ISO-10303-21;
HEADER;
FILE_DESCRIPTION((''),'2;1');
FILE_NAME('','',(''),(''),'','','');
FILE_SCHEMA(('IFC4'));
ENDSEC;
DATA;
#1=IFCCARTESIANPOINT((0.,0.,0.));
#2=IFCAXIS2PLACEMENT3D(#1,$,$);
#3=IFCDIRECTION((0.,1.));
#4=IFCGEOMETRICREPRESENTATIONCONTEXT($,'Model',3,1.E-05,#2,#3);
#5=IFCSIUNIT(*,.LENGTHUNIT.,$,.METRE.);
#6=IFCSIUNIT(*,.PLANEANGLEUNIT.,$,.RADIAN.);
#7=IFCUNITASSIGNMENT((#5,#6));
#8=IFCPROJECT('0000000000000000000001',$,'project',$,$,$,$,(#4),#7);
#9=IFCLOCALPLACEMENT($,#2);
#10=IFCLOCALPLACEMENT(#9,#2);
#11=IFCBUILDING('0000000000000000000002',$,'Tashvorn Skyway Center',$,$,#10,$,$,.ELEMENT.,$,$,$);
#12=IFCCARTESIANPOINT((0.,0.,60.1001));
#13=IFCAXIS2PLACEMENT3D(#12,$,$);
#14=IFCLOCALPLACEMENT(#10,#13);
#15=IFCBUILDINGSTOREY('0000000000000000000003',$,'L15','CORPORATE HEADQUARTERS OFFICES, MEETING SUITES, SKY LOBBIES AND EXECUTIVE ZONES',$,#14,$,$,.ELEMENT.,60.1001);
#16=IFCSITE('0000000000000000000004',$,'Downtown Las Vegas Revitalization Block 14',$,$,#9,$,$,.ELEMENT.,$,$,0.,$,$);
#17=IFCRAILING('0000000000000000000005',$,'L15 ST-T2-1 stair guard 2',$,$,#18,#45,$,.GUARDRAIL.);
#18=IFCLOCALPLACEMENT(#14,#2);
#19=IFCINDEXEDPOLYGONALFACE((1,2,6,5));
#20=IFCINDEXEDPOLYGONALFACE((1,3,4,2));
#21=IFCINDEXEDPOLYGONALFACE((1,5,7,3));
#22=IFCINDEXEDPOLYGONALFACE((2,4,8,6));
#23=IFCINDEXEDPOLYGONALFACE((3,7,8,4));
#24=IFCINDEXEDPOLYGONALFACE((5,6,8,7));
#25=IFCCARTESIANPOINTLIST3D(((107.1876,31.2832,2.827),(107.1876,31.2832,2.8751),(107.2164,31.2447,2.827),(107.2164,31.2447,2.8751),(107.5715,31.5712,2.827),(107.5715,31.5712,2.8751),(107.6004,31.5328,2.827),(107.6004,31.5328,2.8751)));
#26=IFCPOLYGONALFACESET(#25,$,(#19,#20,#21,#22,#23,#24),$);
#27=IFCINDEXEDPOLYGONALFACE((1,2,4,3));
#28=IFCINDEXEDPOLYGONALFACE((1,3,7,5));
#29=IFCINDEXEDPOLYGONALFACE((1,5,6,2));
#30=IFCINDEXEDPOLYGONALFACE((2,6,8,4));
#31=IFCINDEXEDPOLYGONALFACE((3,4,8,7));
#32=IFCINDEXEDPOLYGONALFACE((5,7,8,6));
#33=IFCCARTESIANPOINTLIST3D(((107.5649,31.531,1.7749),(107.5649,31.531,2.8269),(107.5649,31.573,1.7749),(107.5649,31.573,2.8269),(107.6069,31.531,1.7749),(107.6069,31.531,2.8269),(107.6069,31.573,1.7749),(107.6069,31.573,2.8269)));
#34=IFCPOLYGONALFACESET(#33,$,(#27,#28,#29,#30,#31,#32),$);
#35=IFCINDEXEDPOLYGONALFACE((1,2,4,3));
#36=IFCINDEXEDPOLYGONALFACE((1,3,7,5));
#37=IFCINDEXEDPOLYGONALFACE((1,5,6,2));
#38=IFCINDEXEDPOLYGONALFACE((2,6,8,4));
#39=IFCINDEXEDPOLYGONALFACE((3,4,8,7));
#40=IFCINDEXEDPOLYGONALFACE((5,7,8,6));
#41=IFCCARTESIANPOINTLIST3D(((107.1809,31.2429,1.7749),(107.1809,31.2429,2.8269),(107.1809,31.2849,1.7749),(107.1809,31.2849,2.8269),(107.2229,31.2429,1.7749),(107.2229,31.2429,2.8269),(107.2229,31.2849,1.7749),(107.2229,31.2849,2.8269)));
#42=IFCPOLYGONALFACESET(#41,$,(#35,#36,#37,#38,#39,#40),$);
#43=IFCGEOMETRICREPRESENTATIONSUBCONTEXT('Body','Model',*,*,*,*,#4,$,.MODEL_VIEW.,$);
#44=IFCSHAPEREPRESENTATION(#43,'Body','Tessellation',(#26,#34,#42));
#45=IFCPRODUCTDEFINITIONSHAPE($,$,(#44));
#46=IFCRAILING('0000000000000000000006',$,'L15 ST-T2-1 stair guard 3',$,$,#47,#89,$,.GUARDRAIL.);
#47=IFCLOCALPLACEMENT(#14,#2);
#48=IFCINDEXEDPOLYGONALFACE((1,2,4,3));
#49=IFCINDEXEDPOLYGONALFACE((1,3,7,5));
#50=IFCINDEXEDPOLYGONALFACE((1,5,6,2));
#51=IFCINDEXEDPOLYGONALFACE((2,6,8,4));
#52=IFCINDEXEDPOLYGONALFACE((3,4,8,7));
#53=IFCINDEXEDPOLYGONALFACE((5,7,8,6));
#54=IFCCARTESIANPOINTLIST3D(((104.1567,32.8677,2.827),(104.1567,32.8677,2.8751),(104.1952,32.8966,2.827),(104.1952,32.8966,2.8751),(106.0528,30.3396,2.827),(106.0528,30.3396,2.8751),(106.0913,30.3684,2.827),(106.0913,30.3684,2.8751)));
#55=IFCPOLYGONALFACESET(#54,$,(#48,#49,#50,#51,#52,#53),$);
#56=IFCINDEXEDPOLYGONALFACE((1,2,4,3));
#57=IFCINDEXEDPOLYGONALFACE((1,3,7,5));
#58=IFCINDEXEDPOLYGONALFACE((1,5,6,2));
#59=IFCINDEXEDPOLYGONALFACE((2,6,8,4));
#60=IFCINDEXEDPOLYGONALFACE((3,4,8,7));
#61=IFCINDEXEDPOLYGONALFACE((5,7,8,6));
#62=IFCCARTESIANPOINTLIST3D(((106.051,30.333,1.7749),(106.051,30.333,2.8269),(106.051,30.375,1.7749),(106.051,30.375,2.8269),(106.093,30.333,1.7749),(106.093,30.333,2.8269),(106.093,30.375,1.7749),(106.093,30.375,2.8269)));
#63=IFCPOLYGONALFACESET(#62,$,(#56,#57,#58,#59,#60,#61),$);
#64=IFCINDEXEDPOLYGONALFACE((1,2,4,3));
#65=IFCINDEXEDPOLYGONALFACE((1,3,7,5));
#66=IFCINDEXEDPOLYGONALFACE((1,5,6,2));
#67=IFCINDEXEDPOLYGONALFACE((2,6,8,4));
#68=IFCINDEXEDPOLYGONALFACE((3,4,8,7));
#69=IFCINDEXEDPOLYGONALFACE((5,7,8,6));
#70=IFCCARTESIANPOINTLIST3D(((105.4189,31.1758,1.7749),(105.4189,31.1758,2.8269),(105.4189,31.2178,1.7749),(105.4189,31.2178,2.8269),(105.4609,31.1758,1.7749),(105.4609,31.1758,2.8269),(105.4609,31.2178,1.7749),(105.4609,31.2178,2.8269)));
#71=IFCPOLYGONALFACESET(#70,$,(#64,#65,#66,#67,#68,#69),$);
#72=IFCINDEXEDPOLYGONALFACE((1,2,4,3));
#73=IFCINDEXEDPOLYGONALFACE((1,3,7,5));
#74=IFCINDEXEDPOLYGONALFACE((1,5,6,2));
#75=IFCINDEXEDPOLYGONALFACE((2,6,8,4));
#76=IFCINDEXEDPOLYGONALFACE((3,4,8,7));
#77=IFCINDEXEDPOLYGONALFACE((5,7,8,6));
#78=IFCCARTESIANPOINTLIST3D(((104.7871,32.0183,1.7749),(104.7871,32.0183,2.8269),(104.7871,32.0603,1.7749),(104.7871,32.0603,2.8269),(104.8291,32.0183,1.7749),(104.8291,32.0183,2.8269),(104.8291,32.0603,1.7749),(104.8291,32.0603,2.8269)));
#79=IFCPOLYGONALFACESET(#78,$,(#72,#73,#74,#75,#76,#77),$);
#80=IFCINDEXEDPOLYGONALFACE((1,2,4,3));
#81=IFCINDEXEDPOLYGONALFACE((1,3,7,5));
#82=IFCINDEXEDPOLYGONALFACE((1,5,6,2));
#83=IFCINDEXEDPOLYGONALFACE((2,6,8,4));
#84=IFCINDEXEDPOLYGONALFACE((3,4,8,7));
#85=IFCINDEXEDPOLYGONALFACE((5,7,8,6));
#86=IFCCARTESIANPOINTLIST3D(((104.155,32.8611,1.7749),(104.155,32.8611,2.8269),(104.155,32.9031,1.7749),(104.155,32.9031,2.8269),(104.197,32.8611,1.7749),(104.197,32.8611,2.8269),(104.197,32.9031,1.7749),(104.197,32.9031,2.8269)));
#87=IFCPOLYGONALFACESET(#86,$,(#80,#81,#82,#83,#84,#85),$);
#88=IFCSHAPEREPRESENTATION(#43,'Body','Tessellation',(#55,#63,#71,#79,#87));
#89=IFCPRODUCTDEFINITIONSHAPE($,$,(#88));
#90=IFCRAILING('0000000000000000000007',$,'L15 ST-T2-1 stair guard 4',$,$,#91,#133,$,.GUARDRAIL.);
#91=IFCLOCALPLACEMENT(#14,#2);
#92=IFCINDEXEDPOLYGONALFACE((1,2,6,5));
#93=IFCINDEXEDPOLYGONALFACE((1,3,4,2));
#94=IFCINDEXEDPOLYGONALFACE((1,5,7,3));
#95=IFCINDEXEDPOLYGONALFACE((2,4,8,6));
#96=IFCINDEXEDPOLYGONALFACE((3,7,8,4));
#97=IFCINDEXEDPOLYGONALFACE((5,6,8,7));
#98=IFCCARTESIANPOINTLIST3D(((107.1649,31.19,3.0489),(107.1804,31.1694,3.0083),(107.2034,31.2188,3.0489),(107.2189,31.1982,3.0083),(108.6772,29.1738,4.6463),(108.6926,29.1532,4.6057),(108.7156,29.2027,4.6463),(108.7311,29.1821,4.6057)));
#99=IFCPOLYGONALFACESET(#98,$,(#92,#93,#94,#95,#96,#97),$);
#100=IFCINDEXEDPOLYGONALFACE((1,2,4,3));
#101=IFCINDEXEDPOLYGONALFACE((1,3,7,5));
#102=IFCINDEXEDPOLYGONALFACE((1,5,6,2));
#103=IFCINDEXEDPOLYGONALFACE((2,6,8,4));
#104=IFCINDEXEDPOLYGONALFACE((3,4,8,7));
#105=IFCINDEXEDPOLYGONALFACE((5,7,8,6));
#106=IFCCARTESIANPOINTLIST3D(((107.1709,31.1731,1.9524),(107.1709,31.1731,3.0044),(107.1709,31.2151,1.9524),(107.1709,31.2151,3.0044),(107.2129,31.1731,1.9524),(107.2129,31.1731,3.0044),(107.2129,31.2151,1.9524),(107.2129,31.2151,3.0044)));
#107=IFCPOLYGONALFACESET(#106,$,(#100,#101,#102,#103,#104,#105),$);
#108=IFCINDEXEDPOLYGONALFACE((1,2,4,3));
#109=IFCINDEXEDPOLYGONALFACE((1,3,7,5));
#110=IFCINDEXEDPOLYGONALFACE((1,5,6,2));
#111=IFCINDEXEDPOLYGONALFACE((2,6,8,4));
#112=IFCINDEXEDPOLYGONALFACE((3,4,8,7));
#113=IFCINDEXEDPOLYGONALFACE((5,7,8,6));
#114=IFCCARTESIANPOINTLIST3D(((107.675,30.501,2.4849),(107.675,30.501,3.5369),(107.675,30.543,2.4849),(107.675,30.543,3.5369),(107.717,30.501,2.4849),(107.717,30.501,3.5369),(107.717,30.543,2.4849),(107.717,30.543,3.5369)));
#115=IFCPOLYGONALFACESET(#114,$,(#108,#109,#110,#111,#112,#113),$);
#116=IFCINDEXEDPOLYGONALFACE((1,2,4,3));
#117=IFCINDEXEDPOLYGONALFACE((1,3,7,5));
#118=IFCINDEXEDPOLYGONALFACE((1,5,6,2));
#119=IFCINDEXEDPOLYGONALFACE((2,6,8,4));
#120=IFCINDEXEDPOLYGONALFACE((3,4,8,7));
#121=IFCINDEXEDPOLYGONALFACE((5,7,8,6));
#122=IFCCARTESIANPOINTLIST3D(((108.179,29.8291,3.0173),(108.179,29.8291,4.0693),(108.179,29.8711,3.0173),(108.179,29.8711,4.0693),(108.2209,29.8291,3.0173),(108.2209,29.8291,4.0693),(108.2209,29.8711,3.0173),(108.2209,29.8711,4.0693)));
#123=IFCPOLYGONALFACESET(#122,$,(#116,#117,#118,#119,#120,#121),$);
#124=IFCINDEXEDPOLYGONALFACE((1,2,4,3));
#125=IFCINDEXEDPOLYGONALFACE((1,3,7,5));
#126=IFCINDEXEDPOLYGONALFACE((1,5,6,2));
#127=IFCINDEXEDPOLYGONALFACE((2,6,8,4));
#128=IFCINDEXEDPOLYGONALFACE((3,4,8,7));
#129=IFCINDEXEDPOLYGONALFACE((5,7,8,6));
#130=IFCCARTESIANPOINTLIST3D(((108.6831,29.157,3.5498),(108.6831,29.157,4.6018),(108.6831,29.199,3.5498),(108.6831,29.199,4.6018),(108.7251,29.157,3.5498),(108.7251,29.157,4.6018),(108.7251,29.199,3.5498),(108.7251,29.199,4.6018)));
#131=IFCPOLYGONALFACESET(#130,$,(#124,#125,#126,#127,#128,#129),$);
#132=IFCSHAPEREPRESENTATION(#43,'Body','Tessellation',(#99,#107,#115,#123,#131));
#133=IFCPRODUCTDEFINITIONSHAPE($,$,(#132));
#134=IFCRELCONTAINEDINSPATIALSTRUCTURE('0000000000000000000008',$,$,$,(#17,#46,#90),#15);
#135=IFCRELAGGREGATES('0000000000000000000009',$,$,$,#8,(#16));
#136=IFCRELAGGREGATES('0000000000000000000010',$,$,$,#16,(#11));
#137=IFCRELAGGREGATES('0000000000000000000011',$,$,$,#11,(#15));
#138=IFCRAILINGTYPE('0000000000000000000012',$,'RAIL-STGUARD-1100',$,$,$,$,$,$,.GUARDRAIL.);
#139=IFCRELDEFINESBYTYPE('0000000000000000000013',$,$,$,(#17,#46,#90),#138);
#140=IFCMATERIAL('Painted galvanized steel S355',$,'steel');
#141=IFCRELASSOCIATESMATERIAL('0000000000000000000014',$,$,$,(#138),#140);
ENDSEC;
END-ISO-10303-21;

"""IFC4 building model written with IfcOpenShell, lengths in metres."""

from ifc_helpers import new_model, si_unit, direction, frame, origin, origin_2d, place, context, subcontext, project, spatial, rectangle, extrude, material, type_object, element, save


model = new_model("IFC4")

# Units and contexts
model_context = context("Model", 3, precision=1e-05, world=origin(), true_north=direction((0.0, 1.0)))
body_context = subcontext(model_context, "Body", "Model", "MODEL_VIEW")
ifc_project = project(units=[si_unit("LENGTHUNIT", "METRE"), si_unit("PLANEANGLEUNIT", "RADIAN")], contexts=[model_context])

# Site, building, storey
site_placement = place(None, origin())
site = spatial("IfcSite", under=ifc_project, at=site_placement, Name="Downtown Las Vegas Revitalization Block 14", CompositionType="ELEMENT", RefElevation=0.0)
building_placement = place(site_placement, origin())
building = spatial("IfcBuilding", under=site, at=building_placement, Name="Tashvorn Skyway Center", CompositionType="ELEMENT")
storey_placement = place(building_placement, frame((0.0, 0.0, 60.1001)))
storey = spatial("IfcBuildingStorey", under=building, at=storey_placement, Name="L15", Description="CORPORATE HEADQUARTERS OFFICES, MEETING SUITES, SKY LOBBIES AND EXECUTIVE ZONES", CompositionType="ELEMENT", Elevation=60.1001)

# Railings
ifc_material_1 = material(Name="Painted galvanized steel S355", Category="steel")
railing_type_1 = type_object("IfcRailingType", Name="RAIL-STGUARD-1100", PredefinedType="GUARDRAIL", material=ifc_material_1)
railing_1_placement = place(storey_placement, frame((107.5859, 31.552, 1.7749)))
element("IfcRailing", 1, at=railing_1_placement, inside=storey, type_object=railing_type_1, Name="L15 ST-T2-1 stair guard 2", PredefinedType="GUARDRAIL", context=body_context, shape_type="SweptSolid", body=[
    extrude(rectangle(XDim=0.0481, YDim=0.0481, at=origin_2d()), frame((0.0, 0.0, 1.0762), z_axis=(-0.799939, -0.600081, 0.0), x_axis=(0.600081, -0.799939, 0.0)), (0.0, 0.0, 1.0), 0.48),
    extrude(rectangle(XDim=0.042, YDim=0.042, at=origin_2d()), origin(), (0.0, 0.0, 1.0), 1.052),
    extrude(rectangle(XDim=0.042, YDim=0.042, at=origin_2d()), frame((-0.384, -0.2881, 0.0)), (0.0, 0.0, 1.0), 1.052),
])
railing_2_placement = place(storey_placement, frame((106.072, 30.354, 1.7749)))
element("IfcRailing", 2, at=railing_2_placement, inside=storey, type_object=railing_type_1, Name="L15 ST-T2-1 stair guard 3", PredefinedType="GUARDRAIL", context=body_context, shape_type="SweptSolid", body=[
    extrude(rectangle(XDim=0.0481, YDim=0.0481, at=origin_2d()), frame((0.0, 0.0, 1.0762), z_axis=(-0.599988, 0.800009, 0.0), x_axis=(-0.800009, -0.599988, 0.0)), (0.0, 0.0, 1.0), 3.1602),
    extrude(rectangle(XDim=0.042, YDim=0.042, at=origin_2d()), origin(), (0.0, 0.0, 1.0), 1.052),
    extrude(rectangle(XDim=0.042, YDim=0.042, at=origin_2d()), frame((-0.6321, 0.8428, 0.0)), (0.0, 0.0, 1.0), 1.052),
    extrude(rectangle(XDim=0.042, YDim=0.042, at=origin_2d()), frame((-1.2639, 1.6853, 0.0)), (0.0, 0.0, 1.0), 1.052),
    extrude(rectangle(XDim=0.042, YDim=0.042, at=origin_2d()), frame((-1.896, 2.5281, 0.0)), (0.0, 0.0, 1.0), 1.052),
])
railing_3_placement = place(storey_placement, frame((107.1919, 31.1941, 1.9524)))
element("IfcRailing", 3, at=railing_3_placement, inside=storey, type_object=railing_type_1, Name="L15 ST-T2-1 stair guard 4", PredefinedType="GUARDRAIL", context=body_context, shape_type="SweptSolid", body=[
    extrude(rectangle(XDim=0.0481, YDim=0.0481, at=origin_2d()), frame((0.0, 0.0, 1.0762), z_axis=(0.506802, -0.675681, 0.535357), x_axis=(0.799977, 0.600031, 0.0)), (0.0, 0.0, 1.0), 2.9839),
    extrude(rectangle(XDim=0.042, YDim=0.042, at=origin_2d()), origin(), (0.0, 0.0, 1.0), 1.052),
    extrude(rectangle(XDim=0.042, YDim=0.042, at=origin_2d()), frame((0.5042, -0.6721, 0.5325)), (0.0, 0.0, 1.0), 1.052),
    extrude(rectangle(XDim=0.042, YDim=0.042, at=origin_2d()), frame((1.0081, -1.344, 1.0649)), (0.0, 0.0, 1.0), 1.052),
    extrude(rectangle(XDim=0.042, YDim=0.042, at=origin_2d()), frame((1.5122, -2.0161, 1.5974)), (0.0, 0.0, 1.0), 1.052),
])

save(model, "model.ifc")
